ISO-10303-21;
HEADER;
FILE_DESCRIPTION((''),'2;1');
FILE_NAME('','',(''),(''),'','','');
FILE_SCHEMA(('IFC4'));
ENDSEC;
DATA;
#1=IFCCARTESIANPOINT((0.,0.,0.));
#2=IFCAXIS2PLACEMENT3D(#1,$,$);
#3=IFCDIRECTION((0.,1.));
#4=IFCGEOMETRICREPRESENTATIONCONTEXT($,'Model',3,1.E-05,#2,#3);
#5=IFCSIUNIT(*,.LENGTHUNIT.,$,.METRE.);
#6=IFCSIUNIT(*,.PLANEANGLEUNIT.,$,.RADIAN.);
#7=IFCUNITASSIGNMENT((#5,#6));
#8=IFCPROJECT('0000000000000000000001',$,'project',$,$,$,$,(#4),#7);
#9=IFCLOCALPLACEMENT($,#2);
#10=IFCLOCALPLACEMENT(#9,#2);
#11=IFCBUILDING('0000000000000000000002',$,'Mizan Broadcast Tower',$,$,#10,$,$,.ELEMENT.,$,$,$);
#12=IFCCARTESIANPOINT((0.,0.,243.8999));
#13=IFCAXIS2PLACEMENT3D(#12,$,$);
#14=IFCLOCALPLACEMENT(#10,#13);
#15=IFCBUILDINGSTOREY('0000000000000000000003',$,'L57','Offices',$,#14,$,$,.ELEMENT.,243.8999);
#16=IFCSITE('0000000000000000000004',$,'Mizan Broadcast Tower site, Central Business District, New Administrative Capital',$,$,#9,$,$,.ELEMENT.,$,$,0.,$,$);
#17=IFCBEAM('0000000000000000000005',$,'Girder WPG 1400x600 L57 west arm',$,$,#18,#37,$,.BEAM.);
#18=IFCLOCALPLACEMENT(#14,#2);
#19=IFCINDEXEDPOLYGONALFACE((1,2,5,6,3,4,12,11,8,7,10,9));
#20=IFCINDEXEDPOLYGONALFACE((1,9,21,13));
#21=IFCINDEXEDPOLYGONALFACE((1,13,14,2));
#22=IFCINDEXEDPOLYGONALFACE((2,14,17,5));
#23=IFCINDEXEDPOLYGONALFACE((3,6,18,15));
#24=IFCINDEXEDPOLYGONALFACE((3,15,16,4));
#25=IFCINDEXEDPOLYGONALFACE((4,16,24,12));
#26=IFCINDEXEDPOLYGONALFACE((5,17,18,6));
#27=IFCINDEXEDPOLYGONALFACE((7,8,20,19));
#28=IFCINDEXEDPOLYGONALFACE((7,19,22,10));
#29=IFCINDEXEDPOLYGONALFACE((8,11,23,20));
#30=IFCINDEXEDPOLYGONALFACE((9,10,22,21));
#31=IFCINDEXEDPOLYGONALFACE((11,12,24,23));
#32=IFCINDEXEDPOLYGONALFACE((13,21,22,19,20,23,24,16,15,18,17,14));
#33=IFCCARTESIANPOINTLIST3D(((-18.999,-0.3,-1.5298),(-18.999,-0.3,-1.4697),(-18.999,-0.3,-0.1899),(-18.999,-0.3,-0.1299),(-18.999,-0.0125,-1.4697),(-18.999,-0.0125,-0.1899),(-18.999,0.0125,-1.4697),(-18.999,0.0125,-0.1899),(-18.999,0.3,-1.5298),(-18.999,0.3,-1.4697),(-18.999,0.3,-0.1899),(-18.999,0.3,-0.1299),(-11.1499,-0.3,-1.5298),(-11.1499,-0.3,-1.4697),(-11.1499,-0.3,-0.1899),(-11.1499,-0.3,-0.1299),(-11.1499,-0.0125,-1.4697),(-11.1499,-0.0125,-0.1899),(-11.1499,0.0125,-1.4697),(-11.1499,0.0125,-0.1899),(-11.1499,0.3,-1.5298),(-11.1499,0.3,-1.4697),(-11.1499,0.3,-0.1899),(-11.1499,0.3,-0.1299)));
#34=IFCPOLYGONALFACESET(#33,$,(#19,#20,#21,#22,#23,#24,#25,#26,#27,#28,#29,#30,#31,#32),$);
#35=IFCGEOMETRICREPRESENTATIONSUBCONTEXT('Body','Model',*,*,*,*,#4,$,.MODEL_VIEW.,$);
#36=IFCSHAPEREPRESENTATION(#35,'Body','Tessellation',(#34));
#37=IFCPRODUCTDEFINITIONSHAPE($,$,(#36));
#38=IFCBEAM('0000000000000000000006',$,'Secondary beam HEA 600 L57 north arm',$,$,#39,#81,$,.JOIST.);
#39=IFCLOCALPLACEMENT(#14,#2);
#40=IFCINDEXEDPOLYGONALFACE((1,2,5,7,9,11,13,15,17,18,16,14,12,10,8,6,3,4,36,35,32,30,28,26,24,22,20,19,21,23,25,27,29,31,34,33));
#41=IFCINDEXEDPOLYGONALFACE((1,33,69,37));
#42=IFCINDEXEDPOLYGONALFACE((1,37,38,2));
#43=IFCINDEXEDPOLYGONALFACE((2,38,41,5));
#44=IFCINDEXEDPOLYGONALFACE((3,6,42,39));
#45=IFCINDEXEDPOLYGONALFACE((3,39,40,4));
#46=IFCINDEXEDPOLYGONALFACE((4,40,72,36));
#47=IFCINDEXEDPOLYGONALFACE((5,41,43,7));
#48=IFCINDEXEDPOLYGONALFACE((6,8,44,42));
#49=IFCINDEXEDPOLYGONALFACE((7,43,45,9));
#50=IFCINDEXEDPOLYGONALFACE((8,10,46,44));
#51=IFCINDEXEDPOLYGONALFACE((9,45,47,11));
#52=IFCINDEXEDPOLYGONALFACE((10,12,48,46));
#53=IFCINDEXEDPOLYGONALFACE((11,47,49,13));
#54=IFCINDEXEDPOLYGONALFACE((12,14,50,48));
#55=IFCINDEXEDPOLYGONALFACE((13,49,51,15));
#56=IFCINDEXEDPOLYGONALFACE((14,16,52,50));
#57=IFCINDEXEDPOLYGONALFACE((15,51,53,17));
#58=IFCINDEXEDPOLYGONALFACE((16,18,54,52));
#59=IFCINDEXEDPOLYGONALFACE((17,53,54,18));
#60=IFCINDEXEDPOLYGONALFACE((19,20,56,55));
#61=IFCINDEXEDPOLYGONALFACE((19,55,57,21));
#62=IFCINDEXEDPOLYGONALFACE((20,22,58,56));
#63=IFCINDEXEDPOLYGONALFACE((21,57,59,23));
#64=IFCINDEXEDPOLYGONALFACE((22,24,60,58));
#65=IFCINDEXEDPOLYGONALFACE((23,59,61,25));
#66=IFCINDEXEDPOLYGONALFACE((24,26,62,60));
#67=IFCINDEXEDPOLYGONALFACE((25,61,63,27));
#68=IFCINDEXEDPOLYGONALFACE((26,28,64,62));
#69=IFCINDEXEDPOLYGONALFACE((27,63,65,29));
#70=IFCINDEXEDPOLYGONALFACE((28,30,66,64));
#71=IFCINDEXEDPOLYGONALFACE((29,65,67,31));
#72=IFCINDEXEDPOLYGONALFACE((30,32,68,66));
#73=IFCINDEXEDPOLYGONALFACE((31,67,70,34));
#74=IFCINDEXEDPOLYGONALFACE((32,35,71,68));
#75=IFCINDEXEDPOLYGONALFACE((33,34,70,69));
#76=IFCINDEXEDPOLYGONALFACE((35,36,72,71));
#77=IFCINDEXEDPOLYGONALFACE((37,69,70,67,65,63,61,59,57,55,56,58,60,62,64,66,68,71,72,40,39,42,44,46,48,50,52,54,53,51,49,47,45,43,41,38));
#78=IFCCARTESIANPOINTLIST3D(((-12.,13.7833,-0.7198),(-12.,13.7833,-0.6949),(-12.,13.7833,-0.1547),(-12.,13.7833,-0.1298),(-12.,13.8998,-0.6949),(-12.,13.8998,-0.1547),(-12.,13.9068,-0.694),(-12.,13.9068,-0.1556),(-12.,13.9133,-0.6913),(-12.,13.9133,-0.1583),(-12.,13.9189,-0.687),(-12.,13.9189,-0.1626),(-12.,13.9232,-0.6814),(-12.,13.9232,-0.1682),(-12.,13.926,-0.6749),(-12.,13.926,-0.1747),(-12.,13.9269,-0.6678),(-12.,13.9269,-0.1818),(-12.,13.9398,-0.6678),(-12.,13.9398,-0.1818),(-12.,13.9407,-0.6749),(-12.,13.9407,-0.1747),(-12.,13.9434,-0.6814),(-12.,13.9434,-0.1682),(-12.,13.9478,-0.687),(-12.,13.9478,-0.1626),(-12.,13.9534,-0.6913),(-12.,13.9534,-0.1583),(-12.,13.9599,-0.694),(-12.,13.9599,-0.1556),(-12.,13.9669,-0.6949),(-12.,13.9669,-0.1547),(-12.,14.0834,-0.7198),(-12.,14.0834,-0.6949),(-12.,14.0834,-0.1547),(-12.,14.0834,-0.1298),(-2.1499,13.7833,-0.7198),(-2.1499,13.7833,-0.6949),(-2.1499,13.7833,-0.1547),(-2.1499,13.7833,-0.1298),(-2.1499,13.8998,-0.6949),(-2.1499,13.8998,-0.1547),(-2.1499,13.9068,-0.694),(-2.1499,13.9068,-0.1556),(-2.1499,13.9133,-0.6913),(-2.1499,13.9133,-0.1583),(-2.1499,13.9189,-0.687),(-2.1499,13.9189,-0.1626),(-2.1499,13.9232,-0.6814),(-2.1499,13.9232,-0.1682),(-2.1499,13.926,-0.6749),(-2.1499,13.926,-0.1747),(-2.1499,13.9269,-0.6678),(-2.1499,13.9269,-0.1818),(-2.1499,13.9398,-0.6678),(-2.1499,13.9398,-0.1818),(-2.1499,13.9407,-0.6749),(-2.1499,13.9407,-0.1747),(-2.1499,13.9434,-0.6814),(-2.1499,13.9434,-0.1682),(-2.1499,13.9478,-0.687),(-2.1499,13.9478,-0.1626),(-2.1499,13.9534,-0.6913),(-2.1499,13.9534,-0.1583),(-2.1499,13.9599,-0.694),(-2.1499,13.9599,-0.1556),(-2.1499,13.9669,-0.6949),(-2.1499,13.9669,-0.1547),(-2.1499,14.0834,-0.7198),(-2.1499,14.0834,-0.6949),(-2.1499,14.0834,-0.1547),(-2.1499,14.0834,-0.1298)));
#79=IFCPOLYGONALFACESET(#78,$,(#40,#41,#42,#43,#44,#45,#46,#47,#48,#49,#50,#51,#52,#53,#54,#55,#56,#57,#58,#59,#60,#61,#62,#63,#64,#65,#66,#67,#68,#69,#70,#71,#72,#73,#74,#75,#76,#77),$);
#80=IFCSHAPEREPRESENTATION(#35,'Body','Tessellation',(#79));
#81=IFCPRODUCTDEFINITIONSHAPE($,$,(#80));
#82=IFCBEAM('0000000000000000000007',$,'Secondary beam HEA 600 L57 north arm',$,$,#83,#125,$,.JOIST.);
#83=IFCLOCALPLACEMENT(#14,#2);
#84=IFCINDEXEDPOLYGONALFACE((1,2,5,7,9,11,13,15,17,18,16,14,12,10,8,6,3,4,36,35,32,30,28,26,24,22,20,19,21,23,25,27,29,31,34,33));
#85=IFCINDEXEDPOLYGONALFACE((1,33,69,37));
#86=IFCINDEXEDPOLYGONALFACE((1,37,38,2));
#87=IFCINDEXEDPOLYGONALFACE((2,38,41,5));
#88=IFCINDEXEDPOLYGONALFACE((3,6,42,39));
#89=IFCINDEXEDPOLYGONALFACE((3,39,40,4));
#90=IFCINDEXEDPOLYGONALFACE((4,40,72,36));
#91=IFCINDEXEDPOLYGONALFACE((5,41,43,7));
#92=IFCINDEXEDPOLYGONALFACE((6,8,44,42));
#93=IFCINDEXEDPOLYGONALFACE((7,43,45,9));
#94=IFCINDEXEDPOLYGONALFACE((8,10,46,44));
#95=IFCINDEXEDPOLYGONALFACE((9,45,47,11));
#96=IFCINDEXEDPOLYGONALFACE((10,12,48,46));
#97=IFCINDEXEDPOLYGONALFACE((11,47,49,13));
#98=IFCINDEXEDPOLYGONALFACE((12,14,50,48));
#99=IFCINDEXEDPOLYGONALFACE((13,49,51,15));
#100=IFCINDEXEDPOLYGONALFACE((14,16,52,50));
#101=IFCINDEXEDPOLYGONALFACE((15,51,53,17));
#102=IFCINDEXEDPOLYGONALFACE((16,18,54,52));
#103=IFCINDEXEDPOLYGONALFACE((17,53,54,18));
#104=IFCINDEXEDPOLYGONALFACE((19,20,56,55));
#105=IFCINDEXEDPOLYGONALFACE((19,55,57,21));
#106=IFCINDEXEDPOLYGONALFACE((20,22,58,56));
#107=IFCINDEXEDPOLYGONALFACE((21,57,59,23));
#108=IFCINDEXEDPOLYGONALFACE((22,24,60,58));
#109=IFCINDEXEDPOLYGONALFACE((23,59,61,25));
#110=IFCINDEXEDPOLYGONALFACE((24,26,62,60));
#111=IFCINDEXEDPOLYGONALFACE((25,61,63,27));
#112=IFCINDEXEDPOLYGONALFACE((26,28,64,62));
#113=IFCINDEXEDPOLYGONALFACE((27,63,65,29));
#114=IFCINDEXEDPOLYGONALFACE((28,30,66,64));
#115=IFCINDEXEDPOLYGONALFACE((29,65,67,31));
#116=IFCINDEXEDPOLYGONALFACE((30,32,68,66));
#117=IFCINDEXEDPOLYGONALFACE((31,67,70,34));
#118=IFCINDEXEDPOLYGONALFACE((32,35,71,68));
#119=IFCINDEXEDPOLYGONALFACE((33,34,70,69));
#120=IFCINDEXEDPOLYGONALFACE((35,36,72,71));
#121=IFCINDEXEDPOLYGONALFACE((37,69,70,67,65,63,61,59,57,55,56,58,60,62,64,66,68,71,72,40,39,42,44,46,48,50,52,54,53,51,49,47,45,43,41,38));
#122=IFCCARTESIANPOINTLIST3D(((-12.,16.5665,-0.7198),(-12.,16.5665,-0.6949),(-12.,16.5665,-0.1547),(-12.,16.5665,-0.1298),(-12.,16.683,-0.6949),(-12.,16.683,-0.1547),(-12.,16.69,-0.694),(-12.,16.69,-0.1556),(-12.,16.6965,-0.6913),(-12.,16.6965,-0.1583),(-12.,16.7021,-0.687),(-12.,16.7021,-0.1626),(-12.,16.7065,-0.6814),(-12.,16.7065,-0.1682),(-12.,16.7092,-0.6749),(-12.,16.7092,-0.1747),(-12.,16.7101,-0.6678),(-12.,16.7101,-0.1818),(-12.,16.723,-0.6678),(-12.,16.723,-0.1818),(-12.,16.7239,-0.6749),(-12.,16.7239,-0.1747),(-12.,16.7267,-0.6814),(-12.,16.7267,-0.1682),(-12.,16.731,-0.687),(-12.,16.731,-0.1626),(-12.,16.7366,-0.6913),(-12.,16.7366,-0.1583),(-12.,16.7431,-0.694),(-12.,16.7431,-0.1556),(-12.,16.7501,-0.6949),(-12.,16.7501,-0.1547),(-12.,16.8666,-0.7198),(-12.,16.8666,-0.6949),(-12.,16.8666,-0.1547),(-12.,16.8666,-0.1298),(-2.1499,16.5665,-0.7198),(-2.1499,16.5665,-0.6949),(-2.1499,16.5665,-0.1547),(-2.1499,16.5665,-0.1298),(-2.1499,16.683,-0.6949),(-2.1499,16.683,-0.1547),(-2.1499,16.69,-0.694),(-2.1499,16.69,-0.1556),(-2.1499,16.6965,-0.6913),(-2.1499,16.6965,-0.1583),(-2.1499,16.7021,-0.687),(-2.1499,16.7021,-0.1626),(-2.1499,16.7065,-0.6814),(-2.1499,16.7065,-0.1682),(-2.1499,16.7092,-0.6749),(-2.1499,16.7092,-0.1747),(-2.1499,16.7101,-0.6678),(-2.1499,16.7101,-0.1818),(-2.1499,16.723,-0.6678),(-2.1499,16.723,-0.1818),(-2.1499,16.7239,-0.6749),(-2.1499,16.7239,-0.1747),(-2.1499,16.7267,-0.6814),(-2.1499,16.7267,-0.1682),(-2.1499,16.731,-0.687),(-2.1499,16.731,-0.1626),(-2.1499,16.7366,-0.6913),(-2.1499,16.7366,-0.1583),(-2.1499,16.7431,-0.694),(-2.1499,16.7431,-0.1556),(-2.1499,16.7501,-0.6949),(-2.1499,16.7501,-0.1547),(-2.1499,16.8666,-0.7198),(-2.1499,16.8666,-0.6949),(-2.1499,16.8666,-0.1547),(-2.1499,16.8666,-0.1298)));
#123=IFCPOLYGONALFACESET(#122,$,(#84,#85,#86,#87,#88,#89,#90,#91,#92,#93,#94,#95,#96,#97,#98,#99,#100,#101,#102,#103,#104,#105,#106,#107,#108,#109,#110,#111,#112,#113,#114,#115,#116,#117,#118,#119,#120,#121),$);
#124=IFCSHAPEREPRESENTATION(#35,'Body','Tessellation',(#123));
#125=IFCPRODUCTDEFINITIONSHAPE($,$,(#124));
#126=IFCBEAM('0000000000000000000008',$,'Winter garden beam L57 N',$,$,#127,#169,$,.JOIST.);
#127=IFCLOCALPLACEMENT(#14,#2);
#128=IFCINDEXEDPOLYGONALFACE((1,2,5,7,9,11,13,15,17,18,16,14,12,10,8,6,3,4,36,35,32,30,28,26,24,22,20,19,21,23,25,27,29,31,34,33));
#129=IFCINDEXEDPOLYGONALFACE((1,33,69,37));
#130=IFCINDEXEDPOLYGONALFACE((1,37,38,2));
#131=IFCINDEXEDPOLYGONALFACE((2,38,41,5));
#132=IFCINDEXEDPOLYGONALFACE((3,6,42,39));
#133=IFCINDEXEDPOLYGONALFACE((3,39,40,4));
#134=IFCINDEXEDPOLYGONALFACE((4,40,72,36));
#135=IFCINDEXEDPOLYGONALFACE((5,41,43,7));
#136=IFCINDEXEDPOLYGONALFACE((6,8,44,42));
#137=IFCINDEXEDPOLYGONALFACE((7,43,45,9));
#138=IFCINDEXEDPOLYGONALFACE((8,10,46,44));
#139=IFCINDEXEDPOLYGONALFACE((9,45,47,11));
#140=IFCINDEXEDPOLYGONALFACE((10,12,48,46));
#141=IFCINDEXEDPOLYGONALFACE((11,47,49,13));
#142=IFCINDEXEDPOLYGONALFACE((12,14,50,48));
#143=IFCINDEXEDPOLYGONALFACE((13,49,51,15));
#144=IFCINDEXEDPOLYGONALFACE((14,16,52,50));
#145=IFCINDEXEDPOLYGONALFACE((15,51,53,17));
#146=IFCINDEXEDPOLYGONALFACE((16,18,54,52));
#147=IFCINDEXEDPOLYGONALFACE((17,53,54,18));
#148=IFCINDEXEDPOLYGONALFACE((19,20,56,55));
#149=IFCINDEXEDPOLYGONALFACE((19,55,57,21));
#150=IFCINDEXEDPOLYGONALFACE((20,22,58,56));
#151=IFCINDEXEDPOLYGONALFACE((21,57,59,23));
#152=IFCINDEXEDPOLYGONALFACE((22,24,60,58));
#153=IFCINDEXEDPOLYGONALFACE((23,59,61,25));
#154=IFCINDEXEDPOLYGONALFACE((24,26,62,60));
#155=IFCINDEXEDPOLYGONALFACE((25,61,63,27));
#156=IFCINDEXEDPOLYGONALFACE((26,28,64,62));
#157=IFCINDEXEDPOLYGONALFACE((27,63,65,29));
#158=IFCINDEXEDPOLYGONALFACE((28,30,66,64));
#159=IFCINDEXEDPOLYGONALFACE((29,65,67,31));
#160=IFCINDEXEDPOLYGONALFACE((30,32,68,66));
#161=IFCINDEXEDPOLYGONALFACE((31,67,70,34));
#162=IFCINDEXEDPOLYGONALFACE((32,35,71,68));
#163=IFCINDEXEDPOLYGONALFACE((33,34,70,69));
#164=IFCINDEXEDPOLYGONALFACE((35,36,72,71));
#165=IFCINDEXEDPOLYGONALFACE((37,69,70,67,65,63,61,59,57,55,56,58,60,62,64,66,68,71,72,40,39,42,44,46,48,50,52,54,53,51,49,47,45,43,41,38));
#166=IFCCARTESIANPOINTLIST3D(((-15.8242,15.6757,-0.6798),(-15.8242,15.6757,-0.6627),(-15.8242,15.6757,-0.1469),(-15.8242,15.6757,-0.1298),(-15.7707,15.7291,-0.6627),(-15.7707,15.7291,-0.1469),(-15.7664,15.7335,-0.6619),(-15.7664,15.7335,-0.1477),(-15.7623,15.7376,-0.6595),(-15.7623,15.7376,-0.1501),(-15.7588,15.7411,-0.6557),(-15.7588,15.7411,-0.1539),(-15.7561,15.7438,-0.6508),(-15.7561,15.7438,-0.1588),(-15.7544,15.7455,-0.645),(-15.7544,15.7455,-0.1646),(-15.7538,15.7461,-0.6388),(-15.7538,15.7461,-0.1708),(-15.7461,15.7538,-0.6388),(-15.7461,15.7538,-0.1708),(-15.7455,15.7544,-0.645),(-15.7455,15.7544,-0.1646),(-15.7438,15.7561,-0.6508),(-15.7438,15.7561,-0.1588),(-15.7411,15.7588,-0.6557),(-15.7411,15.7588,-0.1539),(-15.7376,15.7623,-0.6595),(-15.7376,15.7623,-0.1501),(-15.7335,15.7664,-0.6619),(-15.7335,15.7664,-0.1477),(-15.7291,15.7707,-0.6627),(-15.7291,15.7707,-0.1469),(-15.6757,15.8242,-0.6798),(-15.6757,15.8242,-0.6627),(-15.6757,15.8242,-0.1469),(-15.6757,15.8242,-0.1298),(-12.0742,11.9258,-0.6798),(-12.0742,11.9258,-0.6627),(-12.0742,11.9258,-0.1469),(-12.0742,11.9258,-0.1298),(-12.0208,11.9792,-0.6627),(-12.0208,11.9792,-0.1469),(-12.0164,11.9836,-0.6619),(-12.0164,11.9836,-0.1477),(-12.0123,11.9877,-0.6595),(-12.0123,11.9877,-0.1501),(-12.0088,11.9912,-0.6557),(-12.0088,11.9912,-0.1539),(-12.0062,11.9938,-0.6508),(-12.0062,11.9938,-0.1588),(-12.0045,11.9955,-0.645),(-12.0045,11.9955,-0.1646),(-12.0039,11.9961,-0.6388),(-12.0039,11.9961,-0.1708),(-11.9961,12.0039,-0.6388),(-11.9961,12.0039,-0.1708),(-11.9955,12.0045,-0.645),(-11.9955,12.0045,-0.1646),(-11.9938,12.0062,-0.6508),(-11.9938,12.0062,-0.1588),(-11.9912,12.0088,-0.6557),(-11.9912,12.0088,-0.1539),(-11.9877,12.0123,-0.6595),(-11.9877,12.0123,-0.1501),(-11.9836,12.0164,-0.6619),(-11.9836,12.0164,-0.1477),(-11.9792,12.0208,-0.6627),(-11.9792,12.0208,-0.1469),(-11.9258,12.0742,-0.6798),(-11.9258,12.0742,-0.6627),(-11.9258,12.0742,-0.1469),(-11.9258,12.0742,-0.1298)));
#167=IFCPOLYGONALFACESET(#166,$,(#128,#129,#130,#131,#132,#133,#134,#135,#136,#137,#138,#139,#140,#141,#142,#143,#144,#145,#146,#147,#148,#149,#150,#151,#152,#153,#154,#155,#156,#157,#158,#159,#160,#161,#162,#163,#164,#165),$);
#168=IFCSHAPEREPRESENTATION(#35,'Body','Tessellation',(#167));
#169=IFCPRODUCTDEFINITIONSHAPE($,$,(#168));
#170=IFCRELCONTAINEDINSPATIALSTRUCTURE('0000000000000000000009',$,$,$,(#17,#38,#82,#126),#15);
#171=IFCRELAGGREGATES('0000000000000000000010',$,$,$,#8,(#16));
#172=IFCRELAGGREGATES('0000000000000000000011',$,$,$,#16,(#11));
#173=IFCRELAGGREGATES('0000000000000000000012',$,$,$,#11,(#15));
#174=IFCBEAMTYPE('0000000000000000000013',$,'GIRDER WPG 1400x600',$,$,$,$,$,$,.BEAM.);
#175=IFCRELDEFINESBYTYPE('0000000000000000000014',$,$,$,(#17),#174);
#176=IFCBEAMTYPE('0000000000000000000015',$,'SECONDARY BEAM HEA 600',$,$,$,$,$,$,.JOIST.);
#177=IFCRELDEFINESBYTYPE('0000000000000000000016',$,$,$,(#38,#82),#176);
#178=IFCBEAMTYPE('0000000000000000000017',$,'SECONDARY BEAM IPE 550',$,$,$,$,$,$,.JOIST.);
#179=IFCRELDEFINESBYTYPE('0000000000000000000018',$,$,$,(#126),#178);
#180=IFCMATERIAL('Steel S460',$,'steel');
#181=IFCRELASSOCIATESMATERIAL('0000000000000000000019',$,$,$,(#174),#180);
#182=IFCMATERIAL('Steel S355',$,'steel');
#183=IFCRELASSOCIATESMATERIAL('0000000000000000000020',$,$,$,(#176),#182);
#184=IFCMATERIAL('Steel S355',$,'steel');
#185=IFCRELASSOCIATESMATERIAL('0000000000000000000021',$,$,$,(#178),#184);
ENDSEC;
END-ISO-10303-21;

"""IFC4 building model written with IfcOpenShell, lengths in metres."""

from ifc_helpers import new_model, si_unit, direction, frame, origin, origin_2d, place, context, subcontext, project, spatial, i_section, extrude, material, material_profile, profile_set, type_object, element, save


model = new_model("IFC4")

# Units and contexts
model_context = context("Model", 3, precision=1e-05, world=origin(), true_north=direction((0.0, 1.0)))
body_context = subcontext(model_context, "Body", "Model", "MODEL_VIEW")
ifc_project = project(units=[si_unit("LENGTHUNIT", "METRE"), si_unit("PLANEANGLEUNIT", "RADIAN")], contexts=[model_context])

# Site, building, storey
site_placement = place(None, origin())
site = spatial("IfcSite", under=ifc_project, at=site_placement, Name="Mizan Broadcast Tower site, Central Business District, New Administrative Capital", CompositionType="ELEMENT", RefElevation=0.0)
building_placement = place(site_placement, origin())
building = spatial("IfcBuilding", under=site, at=building_placement, Name="Mizan Broadcast Tower", CompositionType="ELEMENT")
storey_placement = place(building_placement, frame((0.0, 0.0, 243.8999)))
storey = spatial("IfcBuildingStorey", under=building, at=storey_placement, Name="L57", Description="Offices", CompositionType="ELEMENT", Elevation=243.8999)

# Beams
ifc_material_1 = material(Name="Steel S460", Category="steel")
ifc_material_profile_1 = material_profile(ifc_material_1, i_section(OverallWidth=0.6001, OverallDepth=1.3999, WebThickness=0.0249, FlangeThickness=0.0601, at=origin_2d()), Name="WPG 1400x600")
ifc_profile_set_1 = profile_set([ifc_material_profile_1], Name="Steel S460")
beam_type_1 = type_object("IfcBeamType", Name="GIRDER WPG 1400x600", PredefinedType="BEAM", material=ifc_profile_set_1)
for number, where, z_axis, x_axis, name in (
    (1, (-11.1499, 0.0, -0.8298), (-1.0, 0.0, 0.0), (0.0, -1.0, 0.0), "Girder WPG 1400x600 L57 west arm"),
):
    element("IfcBeam", number, at=place(storey_placement, frame(where, z_axis=z_axis, x_axis=x_axis)), inside=storey, type_object=beam_type_1, Name=name, PredefinedType="BEAM", context=body_context, shape_type="SweptSolid", body=[
        extrude(i_section(OverallWidth=0.6001, OverallDepth=1.3999, WebThickness=0.0249, FlangeThickness=0.0601, at=origin_2d()), origin(), (0.0, 0.0, 1.0), 7.8491),
    ])
ifc_material_2 = material(Name="Steel S355", Category="steel")
ifc_material_profile_2 = material_profile(ifc_material_2, i_section(OverallWidth=0.3, OverallDepth=0.5901, WebThickness=0.0129, FlangeThickness=0.0249, FilletRadius=0.0271, at=origin_2d()), Name="HEA 600")
ifc_profile_set_2 = profile_set([ifc_material_profile_2], Name="Steel S355")
beam_type_2 = type_object("IfcBeamType", Name="SECONDARY BEAM HEA 600", PredefinedType="JOIST", material=ifc_profile_set_2)
for number, where, z_axis, x_axis, name in (
    (2, (-12.0, 13.9333, -0.4248), (1.0, 0.0, 0.0), (0.0, 1.0, 0.0), "Secondary beam HEA 600 L57 north arm"),
    (3, (-12.0, 16.7166, -0.4248), (1.0, 0.0, 0.0), (0.0, 1.0, 0.0), "Secondary beam HEA 600 L57 north arm"),
):
    element("IfcBeam", number, at=place(storey_placement, frame(where, z_axis=z_axis, x_axis=x_axis)), inside=storey, type_object=beam_type_2, Name=name, PredefinedType="JOIST", context=body_context, shape_type="SweptSolid", body=[
        extrude(i_section(OverallWidth=0.3, OverallDepth=0.5901, WebThickness=0.0129, FlangeThickness=0.0249, FilletRadius=0.0271, at=origin_2d()), origin(), (0.0, 0.0, 1.0), 9.8501),
    ])
ifc_material_3 = material(Name="Steel S355", Category="steel")
ifc_material_profile_3 = material_profile(ifc_material_3, i_section(OverallWidth=0.21, OverallDepth=0.55, WebThickness=0.011, FlangeThickness=0.0171, FilletRadius=0.0239, at=origin_2d()), Name="IPE 550")
ifc_profile_set_3 = profile_set([ifc_material_profile_3], Name="Steel S355")
beam_type_3 = type_object("IfcBeamType", Name="SECONDARY BEAM IPE 550", PredefinedType="JOIST", material=ifc_profile_set_3)
beam_1_placement = place(storey_placement, frame((-12.0, 12.0, -0.4048), z_axis=(-0.707107, 0.707107, 0.0), x_axis=(-0.707107, -0.707107, 0.0)))
element("IfcBeam", 4, at=beam_1_placement, inside=storey, type_object=beam_type_3, Name="Winter garden beam L57 N", PredefinedType="JOIST", context=body_context, shape_type="SweptSolid", body=[
    extrude(i_section(OverallWidth=0.21, OverallDepth=0.55, WebThickness=0.011, FlangeThickness=0.0171, FilletRadius=0.0239, at=origin_2d()), origin(), (0.0, 0.0, 1.0), 5.3032),
])

save(model, "model.ifc")
